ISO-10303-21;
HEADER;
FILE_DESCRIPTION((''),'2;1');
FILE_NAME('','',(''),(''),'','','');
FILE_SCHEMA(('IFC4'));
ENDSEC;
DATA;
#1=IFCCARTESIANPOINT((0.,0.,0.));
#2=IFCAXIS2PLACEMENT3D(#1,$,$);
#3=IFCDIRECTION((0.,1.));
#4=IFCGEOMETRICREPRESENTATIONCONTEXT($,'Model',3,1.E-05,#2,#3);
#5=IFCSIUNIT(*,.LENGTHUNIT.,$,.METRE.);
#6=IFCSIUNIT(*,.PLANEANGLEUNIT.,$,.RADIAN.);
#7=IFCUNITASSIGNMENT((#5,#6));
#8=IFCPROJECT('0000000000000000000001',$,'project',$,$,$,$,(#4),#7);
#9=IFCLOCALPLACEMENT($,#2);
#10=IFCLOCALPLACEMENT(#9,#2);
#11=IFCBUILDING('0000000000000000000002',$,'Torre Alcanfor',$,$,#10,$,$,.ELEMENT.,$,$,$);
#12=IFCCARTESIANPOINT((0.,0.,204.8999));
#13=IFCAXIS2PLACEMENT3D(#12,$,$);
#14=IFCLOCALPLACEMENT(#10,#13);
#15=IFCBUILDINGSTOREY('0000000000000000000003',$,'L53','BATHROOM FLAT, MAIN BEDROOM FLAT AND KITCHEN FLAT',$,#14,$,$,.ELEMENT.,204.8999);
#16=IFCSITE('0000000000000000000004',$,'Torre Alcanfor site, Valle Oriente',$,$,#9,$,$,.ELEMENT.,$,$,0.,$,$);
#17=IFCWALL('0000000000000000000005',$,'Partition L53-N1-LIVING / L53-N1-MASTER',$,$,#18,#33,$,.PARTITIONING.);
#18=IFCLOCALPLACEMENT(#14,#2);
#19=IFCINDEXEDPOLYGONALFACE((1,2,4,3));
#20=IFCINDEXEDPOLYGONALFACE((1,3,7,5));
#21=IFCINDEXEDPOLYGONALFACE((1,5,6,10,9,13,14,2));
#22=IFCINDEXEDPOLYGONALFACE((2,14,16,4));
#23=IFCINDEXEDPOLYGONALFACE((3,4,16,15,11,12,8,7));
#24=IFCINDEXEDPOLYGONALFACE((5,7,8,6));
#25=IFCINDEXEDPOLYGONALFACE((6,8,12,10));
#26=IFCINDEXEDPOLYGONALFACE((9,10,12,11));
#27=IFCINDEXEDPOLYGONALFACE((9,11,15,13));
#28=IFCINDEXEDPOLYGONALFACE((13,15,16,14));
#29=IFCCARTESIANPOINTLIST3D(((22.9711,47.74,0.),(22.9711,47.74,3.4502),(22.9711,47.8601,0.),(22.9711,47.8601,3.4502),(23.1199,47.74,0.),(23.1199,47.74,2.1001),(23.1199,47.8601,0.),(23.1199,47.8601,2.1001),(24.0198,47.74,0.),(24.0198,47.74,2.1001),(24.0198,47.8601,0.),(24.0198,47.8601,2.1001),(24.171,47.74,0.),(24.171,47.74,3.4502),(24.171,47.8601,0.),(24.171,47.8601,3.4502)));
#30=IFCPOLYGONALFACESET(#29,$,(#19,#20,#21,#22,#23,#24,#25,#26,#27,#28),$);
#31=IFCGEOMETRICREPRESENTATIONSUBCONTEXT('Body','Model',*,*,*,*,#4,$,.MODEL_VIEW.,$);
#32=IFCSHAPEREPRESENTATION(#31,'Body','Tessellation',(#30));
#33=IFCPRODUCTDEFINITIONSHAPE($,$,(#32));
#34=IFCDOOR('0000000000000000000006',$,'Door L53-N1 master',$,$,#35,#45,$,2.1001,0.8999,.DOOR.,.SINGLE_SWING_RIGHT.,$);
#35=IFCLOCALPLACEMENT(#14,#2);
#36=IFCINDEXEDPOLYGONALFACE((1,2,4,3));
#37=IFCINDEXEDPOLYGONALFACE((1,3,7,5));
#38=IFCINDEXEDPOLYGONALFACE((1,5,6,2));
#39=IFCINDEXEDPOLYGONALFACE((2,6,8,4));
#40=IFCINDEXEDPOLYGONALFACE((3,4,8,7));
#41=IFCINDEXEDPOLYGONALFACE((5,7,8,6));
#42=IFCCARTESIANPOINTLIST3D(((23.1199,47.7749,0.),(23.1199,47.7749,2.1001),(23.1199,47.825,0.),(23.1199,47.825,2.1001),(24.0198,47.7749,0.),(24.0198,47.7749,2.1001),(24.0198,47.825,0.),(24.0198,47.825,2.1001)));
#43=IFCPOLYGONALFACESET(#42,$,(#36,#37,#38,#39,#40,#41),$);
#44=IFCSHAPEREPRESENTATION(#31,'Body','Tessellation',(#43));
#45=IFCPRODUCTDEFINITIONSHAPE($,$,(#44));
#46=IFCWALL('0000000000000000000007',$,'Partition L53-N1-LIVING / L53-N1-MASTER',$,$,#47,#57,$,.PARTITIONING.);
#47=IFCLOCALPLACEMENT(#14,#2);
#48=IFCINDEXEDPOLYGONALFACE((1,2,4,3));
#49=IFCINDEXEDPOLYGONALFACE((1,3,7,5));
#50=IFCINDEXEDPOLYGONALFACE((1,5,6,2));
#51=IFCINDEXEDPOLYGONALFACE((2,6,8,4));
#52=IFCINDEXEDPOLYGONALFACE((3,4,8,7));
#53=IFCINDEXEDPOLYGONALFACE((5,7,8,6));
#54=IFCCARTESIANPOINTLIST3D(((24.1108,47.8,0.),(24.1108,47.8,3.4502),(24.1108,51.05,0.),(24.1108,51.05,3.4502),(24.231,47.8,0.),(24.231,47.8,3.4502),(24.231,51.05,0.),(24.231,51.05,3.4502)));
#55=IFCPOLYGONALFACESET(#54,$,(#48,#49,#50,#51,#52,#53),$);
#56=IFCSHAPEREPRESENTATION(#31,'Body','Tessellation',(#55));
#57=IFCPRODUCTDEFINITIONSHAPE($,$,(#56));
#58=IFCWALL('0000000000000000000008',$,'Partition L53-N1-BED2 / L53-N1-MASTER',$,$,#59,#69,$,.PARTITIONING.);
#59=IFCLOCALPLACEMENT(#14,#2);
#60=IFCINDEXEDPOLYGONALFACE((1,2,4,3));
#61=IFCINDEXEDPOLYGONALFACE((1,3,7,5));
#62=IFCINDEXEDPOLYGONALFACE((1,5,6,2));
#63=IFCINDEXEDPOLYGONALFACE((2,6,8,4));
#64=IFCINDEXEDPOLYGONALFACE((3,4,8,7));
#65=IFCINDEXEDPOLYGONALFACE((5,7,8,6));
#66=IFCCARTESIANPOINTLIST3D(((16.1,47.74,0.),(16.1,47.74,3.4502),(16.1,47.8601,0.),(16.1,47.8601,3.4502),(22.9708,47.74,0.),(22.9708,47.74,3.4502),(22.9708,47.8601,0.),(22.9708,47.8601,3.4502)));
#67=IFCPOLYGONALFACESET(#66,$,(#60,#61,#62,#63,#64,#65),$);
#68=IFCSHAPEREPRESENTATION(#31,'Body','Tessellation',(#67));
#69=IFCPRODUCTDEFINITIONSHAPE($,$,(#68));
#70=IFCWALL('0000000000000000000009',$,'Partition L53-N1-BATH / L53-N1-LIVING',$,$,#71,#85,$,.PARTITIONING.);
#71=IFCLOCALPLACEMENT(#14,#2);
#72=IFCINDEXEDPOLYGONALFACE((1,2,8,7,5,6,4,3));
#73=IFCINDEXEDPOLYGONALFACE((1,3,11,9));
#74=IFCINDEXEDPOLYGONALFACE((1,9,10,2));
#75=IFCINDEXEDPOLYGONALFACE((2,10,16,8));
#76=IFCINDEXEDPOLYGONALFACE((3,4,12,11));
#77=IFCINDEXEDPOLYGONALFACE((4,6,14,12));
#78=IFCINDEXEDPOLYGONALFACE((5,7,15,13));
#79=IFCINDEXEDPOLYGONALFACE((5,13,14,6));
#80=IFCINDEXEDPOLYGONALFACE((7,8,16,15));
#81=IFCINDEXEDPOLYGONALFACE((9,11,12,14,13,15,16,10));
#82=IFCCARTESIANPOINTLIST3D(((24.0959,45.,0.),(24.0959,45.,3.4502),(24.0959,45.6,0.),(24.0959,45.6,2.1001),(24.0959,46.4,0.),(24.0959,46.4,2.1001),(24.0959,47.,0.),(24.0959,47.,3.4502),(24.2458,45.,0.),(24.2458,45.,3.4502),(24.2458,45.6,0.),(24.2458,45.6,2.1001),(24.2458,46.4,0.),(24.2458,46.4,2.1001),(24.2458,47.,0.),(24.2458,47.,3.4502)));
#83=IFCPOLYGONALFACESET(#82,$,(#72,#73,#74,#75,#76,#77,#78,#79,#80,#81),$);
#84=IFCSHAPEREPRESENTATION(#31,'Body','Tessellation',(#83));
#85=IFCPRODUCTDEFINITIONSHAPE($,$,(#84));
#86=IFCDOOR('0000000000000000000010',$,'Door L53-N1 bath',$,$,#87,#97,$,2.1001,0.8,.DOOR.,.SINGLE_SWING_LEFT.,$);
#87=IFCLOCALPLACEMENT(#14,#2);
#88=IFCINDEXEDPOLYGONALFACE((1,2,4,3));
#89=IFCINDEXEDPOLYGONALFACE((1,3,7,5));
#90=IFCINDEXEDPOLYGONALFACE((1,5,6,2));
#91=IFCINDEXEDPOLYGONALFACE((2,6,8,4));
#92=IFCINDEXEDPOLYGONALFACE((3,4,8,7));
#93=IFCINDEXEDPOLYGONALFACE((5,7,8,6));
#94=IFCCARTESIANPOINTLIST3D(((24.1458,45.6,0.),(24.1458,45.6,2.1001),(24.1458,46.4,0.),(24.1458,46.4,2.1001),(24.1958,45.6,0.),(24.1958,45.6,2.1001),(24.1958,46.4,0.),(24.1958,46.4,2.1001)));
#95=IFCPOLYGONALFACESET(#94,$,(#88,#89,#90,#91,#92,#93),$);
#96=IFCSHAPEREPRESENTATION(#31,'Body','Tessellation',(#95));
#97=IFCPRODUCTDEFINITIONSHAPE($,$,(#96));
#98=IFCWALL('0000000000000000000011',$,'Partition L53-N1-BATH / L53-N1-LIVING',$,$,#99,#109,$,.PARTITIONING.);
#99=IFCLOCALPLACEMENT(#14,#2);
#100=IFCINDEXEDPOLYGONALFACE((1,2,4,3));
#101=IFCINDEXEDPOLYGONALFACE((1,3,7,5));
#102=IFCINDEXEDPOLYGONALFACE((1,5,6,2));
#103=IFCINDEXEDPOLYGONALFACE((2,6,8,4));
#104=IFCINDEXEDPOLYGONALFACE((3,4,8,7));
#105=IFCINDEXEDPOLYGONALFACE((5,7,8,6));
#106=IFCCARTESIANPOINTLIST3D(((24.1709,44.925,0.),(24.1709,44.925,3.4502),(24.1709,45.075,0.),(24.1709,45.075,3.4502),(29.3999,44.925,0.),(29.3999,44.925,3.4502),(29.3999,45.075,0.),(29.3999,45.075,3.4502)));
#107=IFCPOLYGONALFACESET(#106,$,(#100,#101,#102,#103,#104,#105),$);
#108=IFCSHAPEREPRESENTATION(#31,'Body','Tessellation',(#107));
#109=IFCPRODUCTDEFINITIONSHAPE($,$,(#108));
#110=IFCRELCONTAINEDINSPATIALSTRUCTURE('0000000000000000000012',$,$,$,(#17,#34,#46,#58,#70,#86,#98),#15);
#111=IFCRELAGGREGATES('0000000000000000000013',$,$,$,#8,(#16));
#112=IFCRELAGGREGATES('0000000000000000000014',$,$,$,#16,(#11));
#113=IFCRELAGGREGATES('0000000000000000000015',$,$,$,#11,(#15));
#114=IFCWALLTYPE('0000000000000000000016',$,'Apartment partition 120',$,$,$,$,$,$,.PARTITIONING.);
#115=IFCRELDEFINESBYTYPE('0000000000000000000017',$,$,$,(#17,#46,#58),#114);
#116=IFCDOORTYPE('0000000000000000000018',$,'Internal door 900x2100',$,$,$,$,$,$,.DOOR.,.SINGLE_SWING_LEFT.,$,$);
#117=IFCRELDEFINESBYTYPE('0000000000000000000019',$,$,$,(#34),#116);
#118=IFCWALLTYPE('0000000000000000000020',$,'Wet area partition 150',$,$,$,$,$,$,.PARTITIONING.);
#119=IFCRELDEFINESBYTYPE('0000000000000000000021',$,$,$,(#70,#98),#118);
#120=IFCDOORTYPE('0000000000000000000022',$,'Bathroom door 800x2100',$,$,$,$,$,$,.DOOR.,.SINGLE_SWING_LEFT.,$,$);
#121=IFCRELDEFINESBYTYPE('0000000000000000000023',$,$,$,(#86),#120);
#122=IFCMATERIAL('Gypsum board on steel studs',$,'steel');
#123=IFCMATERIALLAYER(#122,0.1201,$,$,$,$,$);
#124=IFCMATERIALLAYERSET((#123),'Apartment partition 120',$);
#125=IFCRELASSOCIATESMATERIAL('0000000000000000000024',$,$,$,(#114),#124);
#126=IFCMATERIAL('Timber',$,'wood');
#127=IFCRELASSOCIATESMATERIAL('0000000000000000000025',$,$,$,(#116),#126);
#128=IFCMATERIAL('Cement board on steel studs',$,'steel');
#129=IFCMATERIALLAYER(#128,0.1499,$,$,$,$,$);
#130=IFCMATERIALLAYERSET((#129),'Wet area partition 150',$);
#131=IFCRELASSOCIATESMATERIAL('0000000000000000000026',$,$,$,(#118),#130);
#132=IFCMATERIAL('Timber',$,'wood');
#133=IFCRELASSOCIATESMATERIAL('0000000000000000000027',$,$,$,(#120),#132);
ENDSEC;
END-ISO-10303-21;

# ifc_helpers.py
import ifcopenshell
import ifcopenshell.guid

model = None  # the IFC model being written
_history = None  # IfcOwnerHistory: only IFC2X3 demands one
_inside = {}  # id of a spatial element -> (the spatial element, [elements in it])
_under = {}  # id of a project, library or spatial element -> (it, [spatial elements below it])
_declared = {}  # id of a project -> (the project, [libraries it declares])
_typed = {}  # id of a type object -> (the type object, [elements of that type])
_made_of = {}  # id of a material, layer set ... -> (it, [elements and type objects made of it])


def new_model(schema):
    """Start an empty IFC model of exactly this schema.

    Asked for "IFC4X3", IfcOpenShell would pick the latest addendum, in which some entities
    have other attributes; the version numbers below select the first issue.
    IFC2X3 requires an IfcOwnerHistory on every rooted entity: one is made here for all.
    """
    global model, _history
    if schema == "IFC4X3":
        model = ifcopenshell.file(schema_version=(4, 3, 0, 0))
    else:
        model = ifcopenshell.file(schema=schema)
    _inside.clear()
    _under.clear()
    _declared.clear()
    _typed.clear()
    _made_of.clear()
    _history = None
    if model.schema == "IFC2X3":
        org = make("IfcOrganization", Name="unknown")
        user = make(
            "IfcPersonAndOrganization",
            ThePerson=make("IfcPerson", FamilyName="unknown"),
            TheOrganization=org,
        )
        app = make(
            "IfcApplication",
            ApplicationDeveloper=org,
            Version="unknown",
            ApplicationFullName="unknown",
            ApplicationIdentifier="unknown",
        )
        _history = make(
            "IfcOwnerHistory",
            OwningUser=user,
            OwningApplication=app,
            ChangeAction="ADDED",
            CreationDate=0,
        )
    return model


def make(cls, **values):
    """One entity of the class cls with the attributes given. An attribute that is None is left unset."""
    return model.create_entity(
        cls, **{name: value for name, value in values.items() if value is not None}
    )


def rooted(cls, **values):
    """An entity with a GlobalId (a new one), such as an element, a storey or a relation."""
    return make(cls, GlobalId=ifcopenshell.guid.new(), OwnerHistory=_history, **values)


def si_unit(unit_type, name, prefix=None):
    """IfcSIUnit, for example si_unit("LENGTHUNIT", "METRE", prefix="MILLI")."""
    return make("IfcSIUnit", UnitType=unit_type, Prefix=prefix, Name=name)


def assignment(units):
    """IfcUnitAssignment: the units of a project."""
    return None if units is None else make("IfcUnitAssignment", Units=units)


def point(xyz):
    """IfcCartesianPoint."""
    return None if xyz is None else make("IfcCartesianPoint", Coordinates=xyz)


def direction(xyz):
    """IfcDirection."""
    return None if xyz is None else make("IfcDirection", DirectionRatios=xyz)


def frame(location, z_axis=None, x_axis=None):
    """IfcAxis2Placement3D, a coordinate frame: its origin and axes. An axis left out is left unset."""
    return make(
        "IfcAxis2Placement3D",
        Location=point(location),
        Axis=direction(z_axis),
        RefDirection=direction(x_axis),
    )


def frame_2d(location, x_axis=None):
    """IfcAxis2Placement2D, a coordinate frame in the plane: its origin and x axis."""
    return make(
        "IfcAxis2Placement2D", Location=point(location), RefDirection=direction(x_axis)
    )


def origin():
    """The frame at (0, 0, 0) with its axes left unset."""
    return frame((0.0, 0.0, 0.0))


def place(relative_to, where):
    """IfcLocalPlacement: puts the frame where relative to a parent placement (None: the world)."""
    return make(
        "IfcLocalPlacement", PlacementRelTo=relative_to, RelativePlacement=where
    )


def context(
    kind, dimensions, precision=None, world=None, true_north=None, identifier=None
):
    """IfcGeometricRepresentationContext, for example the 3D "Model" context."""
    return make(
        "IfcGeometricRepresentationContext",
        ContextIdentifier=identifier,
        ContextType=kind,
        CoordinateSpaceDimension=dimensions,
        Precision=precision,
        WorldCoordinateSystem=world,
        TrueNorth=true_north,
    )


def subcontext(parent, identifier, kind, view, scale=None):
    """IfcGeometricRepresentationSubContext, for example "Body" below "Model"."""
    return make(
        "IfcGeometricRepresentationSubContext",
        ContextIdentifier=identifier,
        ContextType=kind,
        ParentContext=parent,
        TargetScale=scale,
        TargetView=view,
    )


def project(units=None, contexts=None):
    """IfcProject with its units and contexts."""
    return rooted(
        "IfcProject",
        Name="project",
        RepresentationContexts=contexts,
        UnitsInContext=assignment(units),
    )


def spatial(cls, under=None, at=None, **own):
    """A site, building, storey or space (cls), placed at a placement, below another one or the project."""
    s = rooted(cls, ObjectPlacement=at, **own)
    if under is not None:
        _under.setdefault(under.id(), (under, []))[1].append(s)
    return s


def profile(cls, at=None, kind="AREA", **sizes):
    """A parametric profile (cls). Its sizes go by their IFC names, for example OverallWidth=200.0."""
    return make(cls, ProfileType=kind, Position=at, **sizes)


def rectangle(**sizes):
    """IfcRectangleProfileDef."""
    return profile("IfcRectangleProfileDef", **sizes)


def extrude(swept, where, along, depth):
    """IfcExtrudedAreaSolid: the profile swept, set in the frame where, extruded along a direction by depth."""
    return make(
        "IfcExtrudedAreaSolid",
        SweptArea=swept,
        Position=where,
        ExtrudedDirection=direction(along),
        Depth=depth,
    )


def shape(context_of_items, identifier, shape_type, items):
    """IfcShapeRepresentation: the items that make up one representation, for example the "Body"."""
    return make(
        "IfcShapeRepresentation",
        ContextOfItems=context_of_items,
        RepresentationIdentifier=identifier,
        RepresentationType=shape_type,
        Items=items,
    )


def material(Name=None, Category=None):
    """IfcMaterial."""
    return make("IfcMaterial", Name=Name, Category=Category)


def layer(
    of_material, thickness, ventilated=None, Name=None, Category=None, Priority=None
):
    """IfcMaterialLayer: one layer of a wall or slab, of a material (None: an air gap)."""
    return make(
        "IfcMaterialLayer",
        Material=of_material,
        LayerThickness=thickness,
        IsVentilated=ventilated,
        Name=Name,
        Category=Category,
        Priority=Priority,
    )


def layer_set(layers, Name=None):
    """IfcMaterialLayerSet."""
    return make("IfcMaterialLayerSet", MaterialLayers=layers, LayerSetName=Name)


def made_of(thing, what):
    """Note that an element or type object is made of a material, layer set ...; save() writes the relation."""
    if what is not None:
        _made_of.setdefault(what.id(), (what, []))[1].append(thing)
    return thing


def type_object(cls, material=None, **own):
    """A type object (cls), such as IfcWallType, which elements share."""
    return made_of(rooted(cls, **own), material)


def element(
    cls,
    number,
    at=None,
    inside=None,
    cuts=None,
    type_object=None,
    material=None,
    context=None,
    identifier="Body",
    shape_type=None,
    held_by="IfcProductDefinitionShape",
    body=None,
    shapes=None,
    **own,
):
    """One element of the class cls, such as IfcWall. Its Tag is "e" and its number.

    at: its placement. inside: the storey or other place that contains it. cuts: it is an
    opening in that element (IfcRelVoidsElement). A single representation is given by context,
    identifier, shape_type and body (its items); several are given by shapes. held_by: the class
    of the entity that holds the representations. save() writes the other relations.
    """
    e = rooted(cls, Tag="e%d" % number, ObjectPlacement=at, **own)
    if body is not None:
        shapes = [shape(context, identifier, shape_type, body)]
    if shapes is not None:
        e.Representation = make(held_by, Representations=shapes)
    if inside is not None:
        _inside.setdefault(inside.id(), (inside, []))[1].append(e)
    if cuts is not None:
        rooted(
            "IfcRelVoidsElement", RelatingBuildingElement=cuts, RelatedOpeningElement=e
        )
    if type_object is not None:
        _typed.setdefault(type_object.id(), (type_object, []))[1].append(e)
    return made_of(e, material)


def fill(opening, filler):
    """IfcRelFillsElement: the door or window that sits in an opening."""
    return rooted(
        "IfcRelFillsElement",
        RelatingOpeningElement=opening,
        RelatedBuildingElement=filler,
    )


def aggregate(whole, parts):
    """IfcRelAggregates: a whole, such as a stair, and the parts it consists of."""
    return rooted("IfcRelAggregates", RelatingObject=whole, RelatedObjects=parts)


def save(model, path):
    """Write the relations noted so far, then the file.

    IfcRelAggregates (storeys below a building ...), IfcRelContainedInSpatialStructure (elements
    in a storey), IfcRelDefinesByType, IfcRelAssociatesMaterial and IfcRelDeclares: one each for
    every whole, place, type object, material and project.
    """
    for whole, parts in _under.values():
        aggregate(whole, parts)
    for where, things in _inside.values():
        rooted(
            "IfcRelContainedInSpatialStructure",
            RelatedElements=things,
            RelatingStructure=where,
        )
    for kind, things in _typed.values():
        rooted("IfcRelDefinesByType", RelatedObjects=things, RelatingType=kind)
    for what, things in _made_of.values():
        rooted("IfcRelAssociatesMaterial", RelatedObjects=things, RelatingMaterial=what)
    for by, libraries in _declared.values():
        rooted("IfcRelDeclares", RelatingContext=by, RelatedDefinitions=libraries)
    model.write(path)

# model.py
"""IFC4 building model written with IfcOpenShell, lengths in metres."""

from ifc_helpers import new_model, si_unit, direction, frame, frame_2d, origin, place, context, subcontext, project, spatial, rectangle, extrude, material, layer, layer_set, type_object, element, fill, save


model = new_model("IFC4")

# Units and contexts
model_context = context("Model", 3, precision=1e-05, world=origin(), true_north=direction((0.0, 1.0)))
body_context = subcontext(model_context, "Body", "Model", "MODEL_VIEW")
ifc_project = project(units=[si_unit("LENGTHUNIT", "METRE"), si_unit("PLANEANGLEUNIT", "RADIAN")], contexts=[model_context])

# Site, building, storey
site_placement = place(None, origin())
site = spatial("IfcSite", under=ifc_project, at=site_placement, Name="Torre Alcanfor site, Valle Oriente", CompositionType="ELEMENT", RefElevation=0.0)
building_placement = place(site_placement, origin())
building = spatial("IfcBuilding", under=site, at=building_placement, Name="Torre Alcanfor", CompositionType="ELEMENT")
storey_placement = place(building_placement, frame((0.0, 0.0, 204.8999)))
storey = spatial("IfcBuildingStorey", under=building, at=storey_placement, Name="L53", Description="BATHROOM FLAT, MAIN BEDROOM FLAT AND KITCHEN FLAT", CompositionType="ELEMENT", Elevation=204.8999)

# Wall, opening, door
ifc_material_1 = material(Name="Gypsum board on steel studs", Category="steel")
ifc_layer_1 = layer(ifc_material_1, 0.1201)
ifc_layer_set_1 = layer_set([ifc_layer_1], Name="Apartment partition 120")
wall_type_1 = type_object("IfcWallType", Name="Apartment partition 120", PredefinedType="PARTITIONING", material=ifc_layer_set_1)
ifc_material_2 = material(Name="Timber", Category="wood")
door_type_1 = type_object("IfcDoorType", Name="Internal door 900x2100", OperationType="SINGLE_SWING_LEFT", PredefinedType="DOOR", material=ifc_material_2)
wall_1_placement = place(storey_placement, frame((22.9709, 47.8, 0.0), z_axis=(0.0, 0.0, 1.0), x_axis=(1.0, 0.0, 0.0)))
wall_1 = element("IfcWall", 1, at=wall_1_placement, inside=storey, type_object=wall_type_1, Name="Partition L53-N1-LIVING / L53-N1-MASTER", PredefinedType="PARTITIONING", context=body_context, shape_type="SweptSolid", body=[
    extrude(rectangle(XDim=1.2, YDim=0.1201, at=frame_2d((0.6001, 0.0))), origin(), (0.0, 0.0, 1.0), 3.4502),
])
opening_1_placement = place(wall_1_placement, frame((0.1489, 0.0, 0.0)))
opening_1 = element("IfcOpeningElement", 2, at=opening_1_placement, cuts=wall_1, PredefinedType="OPENING", context=body_context, shape_type="SweptSolid", body=[
    extrude(rectangle(XDim=0.8999, YDim=2.1001, at=frame_2d((0.45, 1.05))), frame((0.0, 0.0701, 0.0), z_axis=(0.0, -1.0, 0.0), x_axis=(1.0, 0.0, 0.0)), (0.0, 0.0, 1.0), 0.1401),
])
door_1_placement = place(opening_1_placement, origin())
door_1 = element("IfcDoor", 3, at=door_1_placement, inside=storey, type_object=door_type_1, Name="Door L53-N1 master", OperationType="SINGLE_SWING_RIGHT", OverallHeight=2.1001, OverallWidth=0.8999, PredefinedType="DOOR", context=body_context, shape_type="SweptSolid", body=[
    extrude(rectangle(XDim=0.8999, YDim=2.1001, at=frame_2d((0.45, 1.05))), frame((0.0, 0.0249, 0.0), z_axis=(0.0, -1.0, 0.0), x_axis=(1.0, 0.0, 0.0)), (0.0, 0.0, 1.0), 0.05),
])
fill(opening_1, door_1)

# Walls
wall_2_placement = place(storey_placement, frame((24.1709, 47.8, 0.0), z_axis=(0.0, 0.0, 1.0), x_axis=(0.0, 1.0, 0.0)))
element("IfcWall", 4, at=wall_2_placement, inside=storey, type_object=wall_type_1, Name="Partition L53-N1-LIVING / L53-N1-MASTER", PredefinedType="PARTITIONING", context=body_context, shape_type="SweptSolid", body=[
    extrude(rectangle(XDim=3.25, YDim=0.1201, at=frame_2d((1.625, 0.0))), origin(), (0.0, 0.0, 1.0), 3.4502),
])
wall_3_placement = place(storey_placement, frame((22.9709, 47.8, 0.0), z_axis=(0.0, 0.0, 1.0), x_axis=(-1.0, 0.0, 0.0)))
element("IfcWall", 5, at=wall_3_placement, inside=storey, type_object=wall_type_1, Name="Partition L53-N1-BED2 / L53-N1-MASTER", PredefinedType="PARTITIONING", context=body_context, shape_type="SweptSolid", body=[
    extrude(rectangle(XDim=6.8708, YDim=0.1201, at=frame_2d((3.4355, 0.0))), origin(), (0.0, 0.0, 1.0), 3.4502),
])

# Wall, opening, door
ifc_material_3 = material(Name="Cement board on steel studs", Category="steel")
ifc_layer_2 = layer(ifc_material_3, 0.1499)
ifc_layer_set_2 = layer_set([ifc_layer_2], Name="Wet area partition 150")
wall_type_2 = type_object("IfcWallType", Name="Wet area partition 150", PredefinedType="PARTITIONING", material=ifc_layer_set_2)
wall_4_placement = place(storey_placement, frame((24.1709, 47.0, 0.0), z_axis=(0.0, 0.0, 1.0), x_axis=(0.0, -1.0, 0.0)))
wall_4 = element("IfcWall", 6, at=wall_4_placement, inside=storey, type_object=wall_type_2, Name="Partition L53-N1-BATH / L53-N1-LIVING", PredefinedType="PARTITIONING", context=body_context, shape_type="SweptSolid", body=[
    extrude(rectangle(XDim=2.0, YDim=0.1499, at=frame_2d((1.0, 0.0))), origin(), (0.0, 0.0, 1.0), 3.4502),
])
opening_2_placement = place(wall_4_placement, frame((0.6001, 0.0, 0.0)))
opening_2 = element("IfcOpeningElement", 7, at=opening_2_placement, cuts=wall_4, PredefinedType="OPENING", context=body_context, shape_type="SweptSolid", body=[
    extrude(rectangle(XDim=0.8, YDim=2.1001, at=frame_2d((0.3999, 1.05))), frame((0.0, 0.085, 0.0), z_axis=(0.0, -1.0, 0.0), x_axis=(1.0, 0.0, 0.0)), (0.0, 0.0, 1.0), 0.1699),
])
ifc_material_4 = material(Name="Timber", Category="wood")
door_type_2 = type_object("IfcDoorType", Name="Bathroom door 800x2100", OperationType="SINGLE_SWING_LEFT", PredefinedType="DOOR", material=ifc_material_4)
door_2_placement = place(opening_2_placement, origin())
door_2 = element("IfcDoor", 8, at=door_2_placement, inside=storey, type_object=door_type_2, Name="Door L53-N1 bath", OperationType="SINGLE_SWING_LEFT", OverallHeight=2.1001, OverallWidth=0.8, PredefinedType="DOOR", context=body_context, shape_type="SweptSolid", body=[
    extrude(rectangle(XDim=0.8, YDim=2.1001, at=frame_2d((0.3999, 1.05))), frame((0.0, 0.0249, 0.0), z_axis=(0.0, -1.0, 0.0), x_axis=(1.0, 0.0, 0.0)), (0.0, 0.0, 1.0), 0.05),
])
fill(opening_2, door_2)

# Wall
wall_5_placement = place(storey_placement, frame((24.1709, 45.0, 0.0), z_axis=(0.0, 0.0, 1.0), x_axis=(1.0, 0.0, 0.0)))
element("IfcWall", 9, at=wall_5_placement, inside=storey, type_object=wall_type_2, Name="Partition L53-N1-BATH / L53-N1-LIVING", PredefinedType="PARTITIONING", context=body_context, shape_type="SweptSolid", body=[
    extrude(rectangle(XDim=5.229, YDim=0.1499, at=frame_2d((2.6145, 0.0))), origin(), (0.0, 0.0, 1.0), 3.4502),
])

save(model, "model.ifc")
